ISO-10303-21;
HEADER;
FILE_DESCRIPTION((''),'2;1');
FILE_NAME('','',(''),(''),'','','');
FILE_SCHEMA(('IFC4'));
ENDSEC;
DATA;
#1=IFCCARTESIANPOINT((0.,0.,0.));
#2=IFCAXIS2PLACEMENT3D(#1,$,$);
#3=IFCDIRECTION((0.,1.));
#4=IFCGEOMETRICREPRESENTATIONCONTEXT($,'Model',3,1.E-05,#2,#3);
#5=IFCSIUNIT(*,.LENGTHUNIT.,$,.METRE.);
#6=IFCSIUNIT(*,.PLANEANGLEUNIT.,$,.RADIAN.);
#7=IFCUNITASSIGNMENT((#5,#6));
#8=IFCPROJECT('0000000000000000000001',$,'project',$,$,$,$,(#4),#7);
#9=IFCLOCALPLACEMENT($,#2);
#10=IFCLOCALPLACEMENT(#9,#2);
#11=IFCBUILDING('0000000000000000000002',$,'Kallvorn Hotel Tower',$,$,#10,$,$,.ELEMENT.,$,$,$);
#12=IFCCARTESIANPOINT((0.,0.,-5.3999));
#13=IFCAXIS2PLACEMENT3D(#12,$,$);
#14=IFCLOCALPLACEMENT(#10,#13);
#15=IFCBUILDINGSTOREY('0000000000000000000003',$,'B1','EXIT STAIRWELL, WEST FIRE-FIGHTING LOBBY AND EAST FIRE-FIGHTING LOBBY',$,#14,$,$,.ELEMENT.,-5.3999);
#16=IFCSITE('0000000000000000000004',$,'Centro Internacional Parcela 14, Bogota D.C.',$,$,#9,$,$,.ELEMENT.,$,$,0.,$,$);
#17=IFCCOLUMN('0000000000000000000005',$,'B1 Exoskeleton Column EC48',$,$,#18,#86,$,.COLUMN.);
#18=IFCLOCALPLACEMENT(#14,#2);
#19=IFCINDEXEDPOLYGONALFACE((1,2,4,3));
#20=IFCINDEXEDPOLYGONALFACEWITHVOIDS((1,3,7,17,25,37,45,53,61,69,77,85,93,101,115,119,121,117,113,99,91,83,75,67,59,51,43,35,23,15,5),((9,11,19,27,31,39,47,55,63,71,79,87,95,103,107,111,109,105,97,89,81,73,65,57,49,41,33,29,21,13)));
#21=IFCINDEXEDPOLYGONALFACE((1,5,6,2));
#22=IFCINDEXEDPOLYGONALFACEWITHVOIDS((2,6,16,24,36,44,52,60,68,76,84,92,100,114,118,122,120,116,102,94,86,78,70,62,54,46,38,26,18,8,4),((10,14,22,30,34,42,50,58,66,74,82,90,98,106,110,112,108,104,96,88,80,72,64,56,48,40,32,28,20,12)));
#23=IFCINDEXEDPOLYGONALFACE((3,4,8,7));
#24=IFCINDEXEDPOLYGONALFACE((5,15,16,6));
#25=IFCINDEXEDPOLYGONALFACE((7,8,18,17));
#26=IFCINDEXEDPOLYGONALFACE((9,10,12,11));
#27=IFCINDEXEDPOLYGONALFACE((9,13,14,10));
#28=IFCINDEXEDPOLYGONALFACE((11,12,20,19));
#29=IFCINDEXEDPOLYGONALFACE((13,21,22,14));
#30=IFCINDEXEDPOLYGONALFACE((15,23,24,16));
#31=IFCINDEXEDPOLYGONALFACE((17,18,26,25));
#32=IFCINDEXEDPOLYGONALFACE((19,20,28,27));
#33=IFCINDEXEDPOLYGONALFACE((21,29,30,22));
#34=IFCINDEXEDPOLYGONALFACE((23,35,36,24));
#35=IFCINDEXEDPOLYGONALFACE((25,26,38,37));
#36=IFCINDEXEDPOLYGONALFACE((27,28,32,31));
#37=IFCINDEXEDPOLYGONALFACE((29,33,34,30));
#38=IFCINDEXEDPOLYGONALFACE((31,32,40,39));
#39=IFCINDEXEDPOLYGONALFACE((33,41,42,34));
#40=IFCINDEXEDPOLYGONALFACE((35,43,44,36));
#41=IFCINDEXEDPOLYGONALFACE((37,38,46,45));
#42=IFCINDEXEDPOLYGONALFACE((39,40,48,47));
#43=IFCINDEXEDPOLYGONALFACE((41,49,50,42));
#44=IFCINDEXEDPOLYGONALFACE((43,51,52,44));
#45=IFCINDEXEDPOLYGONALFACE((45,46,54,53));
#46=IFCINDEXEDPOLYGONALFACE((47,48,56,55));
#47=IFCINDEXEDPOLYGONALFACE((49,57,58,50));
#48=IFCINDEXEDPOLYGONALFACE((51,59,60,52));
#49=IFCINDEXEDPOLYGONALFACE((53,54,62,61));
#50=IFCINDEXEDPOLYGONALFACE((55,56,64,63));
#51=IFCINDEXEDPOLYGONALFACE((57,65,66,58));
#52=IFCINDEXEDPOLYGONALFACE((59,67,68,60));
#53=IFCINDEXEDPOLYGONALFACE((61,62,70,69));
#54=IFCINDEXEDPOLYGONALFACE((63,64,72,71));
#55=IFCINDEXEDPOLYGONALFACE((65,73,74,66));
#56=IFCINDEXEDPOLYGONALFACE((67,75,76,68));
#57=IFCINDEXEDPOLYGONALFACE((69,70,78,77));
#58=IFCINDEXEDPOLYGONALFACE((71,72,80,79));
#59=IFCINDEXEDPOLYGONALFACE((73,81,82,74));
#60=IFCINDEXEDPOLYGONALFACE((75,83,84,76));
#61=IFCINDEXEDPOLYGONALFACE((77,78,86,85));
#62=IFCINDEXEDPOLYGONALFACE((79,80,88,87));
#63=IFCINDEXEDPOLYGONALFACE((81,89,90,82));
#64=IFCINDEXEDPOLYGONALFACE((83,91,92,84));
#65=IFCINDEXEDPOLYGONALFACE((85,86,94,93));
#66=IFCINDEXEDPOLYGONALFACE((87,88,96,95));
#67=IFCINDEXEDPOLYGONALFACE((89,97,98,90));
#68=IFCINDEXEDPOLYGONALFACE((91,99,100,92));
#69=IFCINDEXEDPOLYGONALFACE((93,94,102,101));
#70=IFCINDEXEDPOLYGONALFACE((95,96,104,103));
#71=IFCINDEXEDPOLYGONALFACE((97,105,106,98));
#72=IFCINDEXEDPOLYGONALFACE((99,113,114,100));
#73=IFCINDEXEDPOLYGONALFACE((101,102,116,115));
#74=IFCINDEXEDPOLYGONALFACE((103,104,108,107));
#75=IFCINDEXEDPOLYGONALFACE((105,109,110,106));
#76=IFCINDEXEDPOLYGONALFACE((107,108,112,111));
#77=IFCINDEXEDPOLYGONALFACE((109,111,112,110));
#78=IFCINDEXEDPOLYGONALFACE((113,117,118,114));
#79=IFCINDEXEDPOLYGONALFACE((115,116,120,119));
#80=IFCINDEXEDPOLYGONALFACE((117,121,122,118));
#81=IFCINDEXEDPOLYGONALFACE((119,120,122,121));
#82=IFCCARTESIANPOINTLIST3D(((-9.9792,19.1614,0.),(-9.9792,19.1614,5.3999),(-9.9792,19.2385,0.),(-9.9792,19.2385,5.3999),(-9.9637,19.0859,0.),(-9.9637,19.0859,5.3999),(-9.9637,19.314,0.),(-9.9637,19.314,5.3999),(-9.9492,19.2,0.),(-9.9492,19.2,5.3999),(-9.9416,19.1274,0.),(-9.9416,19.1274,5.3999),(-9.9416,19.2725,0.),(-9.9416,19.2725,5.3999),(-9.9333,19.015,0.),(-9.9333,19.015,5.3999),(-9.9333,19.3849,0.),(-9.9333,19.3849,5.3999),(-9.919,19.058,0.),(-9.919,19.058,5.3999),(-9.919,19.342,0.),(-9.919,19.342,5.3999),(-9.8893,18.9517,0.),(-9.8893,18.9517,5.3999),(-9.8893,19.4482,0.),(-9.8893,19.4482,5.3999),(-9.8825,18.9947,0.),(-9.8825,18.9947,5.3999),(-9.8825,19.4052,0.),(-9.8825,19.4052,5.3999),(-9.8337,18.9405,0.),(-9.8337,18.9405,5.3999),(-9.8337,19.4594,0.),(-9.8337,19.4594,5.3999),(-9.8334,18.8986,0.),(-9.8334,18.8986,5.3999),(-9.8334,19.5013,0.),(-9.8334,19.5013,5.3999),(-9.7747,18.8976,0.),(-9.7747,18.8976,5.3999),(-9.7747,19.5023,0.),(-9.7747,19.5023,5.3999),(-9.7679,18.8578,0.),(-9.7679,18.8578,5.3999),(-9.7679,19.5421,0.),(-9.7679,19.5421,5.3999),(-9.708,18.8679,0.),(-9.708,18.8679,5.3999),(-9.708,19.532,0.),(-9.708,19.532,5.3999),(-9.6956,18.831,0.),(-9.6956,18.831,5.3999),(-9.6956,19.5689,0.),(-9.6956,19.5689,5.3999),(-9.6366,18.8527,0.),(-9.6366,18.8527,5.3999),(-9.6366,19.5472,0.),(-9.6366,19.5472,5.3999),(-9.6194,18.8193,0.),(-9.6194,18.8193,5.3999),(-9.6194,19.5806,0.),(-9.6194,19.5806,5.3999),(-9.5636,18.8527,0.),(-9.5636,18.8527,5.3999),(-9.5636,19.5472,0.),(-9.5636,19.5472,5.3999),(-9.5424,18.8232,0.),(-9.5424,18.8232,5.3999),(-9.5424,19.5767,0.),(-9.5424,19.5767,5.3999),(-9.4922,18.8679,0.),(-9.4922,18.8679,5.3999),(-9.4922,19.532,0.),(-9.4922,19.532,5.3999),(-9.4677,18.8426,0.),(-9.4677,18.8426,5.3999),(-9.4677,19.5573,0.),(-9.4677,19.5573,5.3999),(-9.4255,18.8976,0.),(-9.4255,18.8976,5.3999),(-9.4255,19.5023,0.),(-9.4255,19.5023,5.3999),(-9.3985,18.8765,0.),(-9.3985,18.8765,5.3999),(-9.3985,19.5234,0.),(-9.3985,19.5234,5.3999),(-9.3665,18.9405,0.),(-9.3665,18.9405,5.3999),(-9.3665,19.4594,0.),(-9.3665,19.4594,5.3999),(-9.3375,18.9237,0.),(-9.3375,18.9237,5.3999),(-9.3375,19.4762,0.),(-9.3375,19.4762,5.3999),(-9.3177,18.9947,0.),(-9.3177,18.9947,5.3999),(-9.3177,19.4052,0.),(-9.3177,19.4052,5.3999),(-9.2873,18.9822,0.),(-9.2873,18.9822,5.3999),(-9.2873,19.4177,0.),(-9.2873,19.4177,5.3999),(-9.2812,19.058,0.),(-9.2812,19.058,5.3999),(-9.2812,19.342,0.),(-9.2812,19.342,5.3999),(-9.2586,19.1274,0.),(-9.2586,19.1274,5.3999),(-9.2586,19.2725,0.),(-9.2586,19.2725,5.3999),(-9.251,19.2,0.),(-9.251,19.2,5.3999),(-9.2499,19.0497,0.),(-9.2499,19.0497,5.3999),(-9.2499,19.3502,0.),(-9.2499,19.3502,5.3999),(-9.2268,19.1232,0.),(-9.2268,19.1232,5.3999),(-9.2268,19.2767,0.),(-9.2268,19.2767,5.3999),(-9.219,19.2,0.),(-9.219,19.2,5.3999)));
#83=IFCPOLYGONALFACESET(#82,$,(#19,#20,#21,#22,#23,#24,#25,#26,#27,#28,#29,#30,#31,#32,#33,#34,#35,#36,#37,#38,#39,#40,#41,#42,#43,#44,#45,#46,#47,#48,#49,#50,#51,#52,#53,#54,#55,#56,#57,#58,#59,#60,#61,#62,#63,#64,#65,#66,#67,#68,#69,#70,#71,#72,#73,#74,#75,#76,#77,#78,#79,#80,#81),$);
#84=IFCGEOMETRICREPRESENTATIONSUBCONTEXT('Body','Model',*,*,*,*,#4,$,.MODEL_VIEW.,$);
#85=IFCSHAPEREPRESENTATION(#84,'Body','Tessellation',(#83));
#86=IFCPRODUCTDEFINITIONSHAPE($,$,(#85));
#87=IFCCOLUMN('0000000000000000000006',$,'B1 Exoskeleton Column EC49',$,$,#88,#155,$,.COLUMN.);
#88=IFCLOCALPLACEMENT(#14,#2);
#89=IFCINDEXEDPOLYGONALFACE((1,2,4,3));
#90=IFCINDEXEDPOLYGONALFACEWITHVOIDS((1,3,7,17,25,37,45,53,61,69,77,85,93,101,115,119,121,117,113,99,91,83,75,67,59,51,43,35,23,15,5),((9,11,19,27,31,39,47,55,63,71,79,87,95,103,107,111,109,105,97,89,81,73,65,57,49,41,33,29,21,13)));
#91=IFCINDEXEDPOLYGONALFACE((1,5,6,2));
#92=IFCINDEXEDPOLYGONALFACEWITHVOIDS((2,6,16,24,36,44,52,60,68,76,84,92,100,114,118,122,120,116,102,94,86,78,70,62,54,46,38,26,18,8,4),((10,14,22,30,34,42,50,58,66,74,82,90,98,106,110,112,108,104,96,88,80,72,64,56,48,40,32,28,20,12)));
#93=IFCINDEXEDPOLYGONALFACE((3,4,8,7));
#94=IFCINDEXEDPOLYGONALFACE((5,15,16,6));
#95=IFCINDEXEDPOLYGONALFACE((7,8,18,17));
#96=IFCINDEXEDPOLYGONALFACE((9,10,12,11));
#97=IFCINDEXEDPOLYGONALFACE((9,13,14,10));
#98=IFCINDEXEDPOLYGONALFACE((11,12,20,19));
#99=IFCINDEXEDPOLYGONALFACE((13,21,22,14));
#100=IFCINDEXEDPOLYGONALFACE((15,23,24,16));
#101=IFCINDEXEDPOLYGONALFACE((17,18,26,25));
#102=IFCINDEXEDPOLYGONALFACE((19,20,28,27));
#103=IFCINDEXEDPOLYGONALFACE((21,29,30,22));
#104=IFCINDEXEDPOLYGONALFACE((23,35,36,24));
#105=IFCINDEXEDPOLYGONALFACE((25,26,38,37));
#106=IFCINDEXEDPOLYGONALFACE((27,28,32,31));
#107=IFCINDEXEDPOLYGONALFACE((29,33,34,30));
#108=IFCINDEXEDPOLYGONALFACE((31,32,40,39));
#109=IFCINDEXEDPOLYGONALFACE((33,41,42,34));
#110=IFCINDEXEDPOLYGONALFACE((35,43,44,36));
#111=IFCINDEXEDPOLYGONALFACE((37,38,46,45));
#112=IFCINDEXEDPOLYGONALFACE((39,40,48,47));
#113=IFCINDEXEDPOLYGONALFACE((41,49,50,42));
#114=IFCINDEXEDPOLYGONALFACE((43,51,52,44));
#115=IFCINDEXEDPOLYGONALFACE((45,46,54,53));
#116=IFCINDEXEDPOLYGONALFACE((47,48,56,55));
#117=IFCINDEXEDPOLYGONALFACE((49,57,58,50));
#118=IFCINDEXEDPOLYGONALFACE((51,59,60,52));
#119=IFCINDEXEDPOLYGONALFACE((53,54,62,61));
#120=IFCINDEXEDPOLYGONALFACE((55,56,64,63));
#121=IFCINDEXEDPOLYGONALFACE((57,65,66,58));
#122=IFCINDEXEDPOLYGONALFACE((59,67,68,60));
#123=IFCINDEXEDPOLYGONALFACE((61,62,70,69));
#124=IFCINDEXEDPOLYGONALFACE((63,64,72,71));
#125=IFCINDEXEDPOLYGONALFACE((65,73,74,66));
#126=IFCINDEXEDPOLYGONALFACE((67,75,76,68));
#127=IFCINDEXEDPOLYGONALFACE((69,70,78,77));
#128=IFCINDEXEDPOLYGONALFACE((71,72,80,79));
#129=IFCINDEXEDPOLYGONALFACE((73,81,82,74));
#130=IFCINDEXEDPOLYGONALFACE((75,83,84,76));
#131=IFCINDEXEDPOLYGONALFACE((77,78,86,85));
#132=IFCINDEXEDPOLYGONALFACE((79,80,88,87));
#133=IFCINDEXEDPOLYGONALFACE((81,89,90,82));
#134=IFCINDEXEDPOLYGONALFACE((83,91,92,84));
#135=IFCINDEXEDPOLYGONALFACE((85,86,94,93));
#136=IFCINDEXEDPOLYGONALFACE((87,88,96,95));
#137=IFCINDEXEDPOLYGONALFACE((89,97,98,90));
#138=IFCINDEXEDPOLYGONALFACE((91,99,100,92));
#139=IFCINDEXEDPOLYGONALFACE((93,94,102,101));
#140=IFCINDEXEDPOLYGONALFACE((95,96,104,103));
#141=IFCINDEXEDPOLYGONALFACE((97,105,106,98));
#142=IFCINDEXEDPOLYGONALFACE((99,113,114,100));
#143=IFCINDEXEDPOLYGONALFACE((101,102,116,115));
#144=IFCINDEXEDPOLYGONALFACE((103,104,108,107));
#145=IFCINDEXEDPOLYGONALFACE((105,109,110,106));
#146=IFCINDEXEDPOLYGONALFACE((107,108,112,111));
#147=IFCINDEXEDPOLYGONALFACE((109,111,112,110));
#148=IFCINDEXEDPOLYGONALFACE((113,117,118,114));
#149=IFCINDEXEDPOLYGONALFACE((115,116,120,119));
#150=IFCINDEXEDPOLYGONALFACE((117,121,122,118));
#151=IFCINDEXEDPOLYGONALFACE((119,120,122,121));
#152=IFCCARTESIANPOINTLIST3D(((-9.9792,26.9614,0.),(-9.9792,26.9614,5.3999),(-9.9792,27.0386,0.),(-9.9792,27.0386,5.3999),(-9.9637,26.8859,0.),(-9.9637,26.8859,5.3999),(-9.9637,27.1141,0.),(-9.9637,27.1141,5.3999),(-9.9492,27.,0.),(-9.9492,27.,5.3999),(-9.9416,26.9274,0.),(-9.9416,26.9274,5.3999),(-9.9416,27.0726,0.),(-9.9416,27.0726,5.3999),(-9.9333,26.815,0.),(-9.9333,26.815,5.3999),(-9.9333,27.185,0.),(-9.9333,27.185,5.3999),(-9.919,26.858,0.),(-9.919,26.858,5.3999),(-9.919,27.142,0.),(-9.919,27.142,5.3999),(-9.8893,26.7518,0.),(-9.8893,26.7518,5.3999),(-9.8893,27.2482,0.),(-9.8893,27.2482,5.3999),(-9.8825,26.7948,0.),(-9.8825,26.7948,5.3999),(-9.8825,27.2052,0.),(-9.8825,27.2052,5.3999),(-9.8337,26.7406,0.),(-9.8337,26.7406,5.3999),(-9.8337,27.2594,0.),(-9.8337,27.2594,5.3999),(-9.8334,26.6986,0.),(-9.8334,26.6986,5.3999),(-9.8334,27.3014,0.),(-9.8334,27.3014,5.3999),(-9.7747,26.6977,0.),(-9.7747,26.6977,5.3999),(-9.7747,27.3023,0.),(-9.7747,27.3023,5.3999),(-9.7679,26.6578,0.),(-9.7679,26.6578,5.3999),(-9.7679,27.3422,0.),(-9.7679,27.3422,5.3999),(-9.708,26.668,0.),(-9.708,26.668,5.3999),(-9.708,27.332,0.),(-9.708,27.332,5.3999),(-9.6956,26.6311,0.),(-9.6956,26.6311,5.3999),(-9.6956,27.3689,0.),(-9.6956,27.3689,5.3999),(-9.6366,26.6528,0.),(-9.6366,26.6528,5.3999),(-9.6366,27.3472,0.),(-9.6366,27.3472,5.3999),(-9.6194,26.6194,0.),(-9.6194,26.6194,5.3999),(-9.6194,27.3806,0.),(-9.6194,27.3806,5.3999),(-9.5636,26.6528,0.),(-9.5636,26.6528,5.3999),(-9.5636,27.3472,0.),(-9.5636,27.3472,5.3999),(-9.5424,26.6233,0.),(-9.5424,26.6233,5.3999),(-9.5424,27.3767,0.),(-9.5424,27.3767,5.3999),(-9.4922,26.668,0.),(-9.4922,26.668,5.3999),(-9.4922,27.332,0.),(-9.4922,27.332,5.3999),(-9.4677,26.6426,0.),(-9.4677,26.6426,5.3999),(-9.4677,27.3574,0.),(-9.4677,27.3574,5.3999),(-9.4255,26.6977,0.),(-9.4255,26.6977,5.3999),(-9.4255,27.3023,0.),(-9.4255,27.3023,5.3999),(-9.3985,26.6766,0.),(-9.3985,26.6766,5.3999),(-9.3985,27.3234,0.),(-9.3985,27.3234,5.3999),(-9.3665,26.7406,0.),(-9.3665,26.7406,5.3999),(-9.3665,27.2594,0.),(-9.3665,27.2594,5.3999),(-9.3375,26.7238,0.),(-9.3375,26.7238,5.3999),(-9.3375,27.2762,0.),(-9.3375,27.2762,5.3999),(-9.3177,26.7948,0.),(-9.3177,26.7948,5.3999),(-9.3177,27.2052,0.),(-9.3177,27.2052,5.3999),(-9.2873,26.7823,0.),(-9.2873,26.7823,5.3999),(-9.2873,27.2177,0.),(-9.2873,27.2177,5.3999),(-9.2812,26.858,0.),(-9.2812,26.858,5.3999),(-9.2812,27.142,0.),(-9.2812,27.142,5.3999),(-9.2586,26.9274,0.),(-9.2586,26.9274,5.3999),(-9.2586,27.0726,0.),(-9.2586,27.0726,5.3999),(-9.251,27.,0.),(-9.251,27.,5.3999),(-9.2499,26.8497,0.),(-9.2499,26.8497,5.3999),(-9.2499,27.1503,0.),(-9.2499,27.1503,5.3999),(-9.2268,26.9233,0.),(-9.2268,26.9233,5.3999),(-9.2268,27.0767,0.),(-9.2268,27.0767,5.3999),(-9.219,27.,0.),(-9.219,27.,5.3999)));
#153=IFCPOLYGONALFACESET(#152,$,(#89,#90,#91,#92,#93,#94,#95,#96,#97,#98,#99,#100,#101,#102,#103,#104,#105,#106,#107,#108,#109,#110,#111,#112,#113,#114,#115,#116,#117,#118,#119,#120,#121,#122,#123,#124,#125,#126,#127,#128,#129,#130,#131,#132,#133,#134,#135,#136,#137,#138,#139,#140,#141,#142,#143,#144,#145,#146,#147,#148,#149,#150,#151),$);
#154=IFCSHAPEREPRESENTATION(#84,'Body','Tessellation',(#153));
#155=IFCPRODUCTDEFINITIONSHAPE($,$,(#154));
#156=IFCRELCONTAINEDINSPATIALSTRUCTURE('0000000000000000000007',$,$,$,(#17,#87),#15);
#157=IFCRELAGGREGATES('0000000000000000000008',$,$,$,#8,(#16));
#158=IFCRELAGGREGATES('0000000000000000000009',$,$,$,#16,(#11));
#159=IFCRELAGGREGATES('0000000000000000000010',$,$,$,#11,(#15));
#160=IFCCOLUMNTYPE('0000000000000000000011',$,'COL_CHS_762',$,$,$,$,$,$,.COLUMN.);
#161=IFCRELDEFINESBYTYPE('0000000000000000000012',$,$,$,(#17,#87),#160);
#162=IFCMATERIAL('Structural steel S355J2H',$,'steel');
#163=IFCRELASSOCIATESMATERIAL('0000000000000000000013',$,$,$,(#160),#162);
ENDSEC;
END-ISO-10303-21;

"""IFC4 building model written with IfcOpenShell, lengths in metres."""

from ifc_helpers import new_model, si_unit, direction, frame, origin, origin_2d, place, context, subcontext, project, spatial, hollow_circle, extrude, material, material_profile, profile_set, type_object, element, save


model = new_model("IFC4")

# Units and contexts
model_context = context("Model", 3, precision=1e-05, world=origin(), true_north=direction((0.0, 1.0)))
body_context = subcontext(model_context, "Body", "Model", "MODEL_VIEW")
ifc_project = project(units=[si_unit("LENGTHUNIT", "METRE"), si_unit("PLANEANGLEUNIT", "RADIAN")], contexts=[model_context])

# Site, building, storey
site_placement = place(None, origin())
site = spatial("IfcSite", under=ifc_project, at=site_placement, Name="Centro Internacional Parcela 14, Bogota D.C.", CompositionType="ELEMENT", RefElevation=0.0)
building_placement = place(site_placement, origin())
building = spatial("IfcBuilding", under=site, at=building_placement, Name="Kallvorn Hotel Tower", CompositionType="ELEMENT")
storey_placement = place(building_placement, frame((0.0, 0.0, -5.3999)))
storey = spatial("IfcBuildingStorey", under=building, at=storey_placement, Name="B1", Description="EXIT STAIRWELL, WEST FIRE-FIGHTING LOBBY AND EAST FIRE-FIGHTING LOBBY", CompositionType="ELEMENT", Elevation=-5.3999)

# Columns
ifc_material_1 = material(Name="Structural steel S355J2H", Category="steel")
ifc_material_profile_1 = material_profile(ifc_material_1, hollow_circle(Radius=0.3811, WallThickness=0.032, at=origin_2d()), Name="CHS 762x32")
ifc_profile_set_1 = profile_set([ifc_material_profile_1], Name="Structural steel S355J2H")
column_type_1 = type_object("IfcColumnType", Name="COL_CHS_762", PredefinedType="COLUMN", material=ifc_profile_set_1)
for number, where, z_axis, x_axis, name in (
    (1, (-9.6001, 19.2, 0.0), (0.0, 0.0, 1.0), (1.0, 0.0, 0.0), "B1 Exoskeleton Column EC48"),
    (2, (-9.6001, 27.0, 0.0), (0.0, 0.0, 1.0), (1.0, 0.0, 0.0), "B1 Exoskeleton Column EC49"),
):
    element("IfcColumn", number, at=place(storey_placement, frame(where, z_axis=z_axis, x_axis=x_axis)), inside=storey, type_object=column_type_1, Name=name, PredefinedType="COLUMN", context=body_context, shape_type="SweptSolid", body=[
        extrude(hollow_circle(Radius=0.3811, WallThickness=0.032, at=origin_2d()), origin(), (0.0, 0.0, 1.0), 5.3999),
    ])

save(model, "model.ifc")
